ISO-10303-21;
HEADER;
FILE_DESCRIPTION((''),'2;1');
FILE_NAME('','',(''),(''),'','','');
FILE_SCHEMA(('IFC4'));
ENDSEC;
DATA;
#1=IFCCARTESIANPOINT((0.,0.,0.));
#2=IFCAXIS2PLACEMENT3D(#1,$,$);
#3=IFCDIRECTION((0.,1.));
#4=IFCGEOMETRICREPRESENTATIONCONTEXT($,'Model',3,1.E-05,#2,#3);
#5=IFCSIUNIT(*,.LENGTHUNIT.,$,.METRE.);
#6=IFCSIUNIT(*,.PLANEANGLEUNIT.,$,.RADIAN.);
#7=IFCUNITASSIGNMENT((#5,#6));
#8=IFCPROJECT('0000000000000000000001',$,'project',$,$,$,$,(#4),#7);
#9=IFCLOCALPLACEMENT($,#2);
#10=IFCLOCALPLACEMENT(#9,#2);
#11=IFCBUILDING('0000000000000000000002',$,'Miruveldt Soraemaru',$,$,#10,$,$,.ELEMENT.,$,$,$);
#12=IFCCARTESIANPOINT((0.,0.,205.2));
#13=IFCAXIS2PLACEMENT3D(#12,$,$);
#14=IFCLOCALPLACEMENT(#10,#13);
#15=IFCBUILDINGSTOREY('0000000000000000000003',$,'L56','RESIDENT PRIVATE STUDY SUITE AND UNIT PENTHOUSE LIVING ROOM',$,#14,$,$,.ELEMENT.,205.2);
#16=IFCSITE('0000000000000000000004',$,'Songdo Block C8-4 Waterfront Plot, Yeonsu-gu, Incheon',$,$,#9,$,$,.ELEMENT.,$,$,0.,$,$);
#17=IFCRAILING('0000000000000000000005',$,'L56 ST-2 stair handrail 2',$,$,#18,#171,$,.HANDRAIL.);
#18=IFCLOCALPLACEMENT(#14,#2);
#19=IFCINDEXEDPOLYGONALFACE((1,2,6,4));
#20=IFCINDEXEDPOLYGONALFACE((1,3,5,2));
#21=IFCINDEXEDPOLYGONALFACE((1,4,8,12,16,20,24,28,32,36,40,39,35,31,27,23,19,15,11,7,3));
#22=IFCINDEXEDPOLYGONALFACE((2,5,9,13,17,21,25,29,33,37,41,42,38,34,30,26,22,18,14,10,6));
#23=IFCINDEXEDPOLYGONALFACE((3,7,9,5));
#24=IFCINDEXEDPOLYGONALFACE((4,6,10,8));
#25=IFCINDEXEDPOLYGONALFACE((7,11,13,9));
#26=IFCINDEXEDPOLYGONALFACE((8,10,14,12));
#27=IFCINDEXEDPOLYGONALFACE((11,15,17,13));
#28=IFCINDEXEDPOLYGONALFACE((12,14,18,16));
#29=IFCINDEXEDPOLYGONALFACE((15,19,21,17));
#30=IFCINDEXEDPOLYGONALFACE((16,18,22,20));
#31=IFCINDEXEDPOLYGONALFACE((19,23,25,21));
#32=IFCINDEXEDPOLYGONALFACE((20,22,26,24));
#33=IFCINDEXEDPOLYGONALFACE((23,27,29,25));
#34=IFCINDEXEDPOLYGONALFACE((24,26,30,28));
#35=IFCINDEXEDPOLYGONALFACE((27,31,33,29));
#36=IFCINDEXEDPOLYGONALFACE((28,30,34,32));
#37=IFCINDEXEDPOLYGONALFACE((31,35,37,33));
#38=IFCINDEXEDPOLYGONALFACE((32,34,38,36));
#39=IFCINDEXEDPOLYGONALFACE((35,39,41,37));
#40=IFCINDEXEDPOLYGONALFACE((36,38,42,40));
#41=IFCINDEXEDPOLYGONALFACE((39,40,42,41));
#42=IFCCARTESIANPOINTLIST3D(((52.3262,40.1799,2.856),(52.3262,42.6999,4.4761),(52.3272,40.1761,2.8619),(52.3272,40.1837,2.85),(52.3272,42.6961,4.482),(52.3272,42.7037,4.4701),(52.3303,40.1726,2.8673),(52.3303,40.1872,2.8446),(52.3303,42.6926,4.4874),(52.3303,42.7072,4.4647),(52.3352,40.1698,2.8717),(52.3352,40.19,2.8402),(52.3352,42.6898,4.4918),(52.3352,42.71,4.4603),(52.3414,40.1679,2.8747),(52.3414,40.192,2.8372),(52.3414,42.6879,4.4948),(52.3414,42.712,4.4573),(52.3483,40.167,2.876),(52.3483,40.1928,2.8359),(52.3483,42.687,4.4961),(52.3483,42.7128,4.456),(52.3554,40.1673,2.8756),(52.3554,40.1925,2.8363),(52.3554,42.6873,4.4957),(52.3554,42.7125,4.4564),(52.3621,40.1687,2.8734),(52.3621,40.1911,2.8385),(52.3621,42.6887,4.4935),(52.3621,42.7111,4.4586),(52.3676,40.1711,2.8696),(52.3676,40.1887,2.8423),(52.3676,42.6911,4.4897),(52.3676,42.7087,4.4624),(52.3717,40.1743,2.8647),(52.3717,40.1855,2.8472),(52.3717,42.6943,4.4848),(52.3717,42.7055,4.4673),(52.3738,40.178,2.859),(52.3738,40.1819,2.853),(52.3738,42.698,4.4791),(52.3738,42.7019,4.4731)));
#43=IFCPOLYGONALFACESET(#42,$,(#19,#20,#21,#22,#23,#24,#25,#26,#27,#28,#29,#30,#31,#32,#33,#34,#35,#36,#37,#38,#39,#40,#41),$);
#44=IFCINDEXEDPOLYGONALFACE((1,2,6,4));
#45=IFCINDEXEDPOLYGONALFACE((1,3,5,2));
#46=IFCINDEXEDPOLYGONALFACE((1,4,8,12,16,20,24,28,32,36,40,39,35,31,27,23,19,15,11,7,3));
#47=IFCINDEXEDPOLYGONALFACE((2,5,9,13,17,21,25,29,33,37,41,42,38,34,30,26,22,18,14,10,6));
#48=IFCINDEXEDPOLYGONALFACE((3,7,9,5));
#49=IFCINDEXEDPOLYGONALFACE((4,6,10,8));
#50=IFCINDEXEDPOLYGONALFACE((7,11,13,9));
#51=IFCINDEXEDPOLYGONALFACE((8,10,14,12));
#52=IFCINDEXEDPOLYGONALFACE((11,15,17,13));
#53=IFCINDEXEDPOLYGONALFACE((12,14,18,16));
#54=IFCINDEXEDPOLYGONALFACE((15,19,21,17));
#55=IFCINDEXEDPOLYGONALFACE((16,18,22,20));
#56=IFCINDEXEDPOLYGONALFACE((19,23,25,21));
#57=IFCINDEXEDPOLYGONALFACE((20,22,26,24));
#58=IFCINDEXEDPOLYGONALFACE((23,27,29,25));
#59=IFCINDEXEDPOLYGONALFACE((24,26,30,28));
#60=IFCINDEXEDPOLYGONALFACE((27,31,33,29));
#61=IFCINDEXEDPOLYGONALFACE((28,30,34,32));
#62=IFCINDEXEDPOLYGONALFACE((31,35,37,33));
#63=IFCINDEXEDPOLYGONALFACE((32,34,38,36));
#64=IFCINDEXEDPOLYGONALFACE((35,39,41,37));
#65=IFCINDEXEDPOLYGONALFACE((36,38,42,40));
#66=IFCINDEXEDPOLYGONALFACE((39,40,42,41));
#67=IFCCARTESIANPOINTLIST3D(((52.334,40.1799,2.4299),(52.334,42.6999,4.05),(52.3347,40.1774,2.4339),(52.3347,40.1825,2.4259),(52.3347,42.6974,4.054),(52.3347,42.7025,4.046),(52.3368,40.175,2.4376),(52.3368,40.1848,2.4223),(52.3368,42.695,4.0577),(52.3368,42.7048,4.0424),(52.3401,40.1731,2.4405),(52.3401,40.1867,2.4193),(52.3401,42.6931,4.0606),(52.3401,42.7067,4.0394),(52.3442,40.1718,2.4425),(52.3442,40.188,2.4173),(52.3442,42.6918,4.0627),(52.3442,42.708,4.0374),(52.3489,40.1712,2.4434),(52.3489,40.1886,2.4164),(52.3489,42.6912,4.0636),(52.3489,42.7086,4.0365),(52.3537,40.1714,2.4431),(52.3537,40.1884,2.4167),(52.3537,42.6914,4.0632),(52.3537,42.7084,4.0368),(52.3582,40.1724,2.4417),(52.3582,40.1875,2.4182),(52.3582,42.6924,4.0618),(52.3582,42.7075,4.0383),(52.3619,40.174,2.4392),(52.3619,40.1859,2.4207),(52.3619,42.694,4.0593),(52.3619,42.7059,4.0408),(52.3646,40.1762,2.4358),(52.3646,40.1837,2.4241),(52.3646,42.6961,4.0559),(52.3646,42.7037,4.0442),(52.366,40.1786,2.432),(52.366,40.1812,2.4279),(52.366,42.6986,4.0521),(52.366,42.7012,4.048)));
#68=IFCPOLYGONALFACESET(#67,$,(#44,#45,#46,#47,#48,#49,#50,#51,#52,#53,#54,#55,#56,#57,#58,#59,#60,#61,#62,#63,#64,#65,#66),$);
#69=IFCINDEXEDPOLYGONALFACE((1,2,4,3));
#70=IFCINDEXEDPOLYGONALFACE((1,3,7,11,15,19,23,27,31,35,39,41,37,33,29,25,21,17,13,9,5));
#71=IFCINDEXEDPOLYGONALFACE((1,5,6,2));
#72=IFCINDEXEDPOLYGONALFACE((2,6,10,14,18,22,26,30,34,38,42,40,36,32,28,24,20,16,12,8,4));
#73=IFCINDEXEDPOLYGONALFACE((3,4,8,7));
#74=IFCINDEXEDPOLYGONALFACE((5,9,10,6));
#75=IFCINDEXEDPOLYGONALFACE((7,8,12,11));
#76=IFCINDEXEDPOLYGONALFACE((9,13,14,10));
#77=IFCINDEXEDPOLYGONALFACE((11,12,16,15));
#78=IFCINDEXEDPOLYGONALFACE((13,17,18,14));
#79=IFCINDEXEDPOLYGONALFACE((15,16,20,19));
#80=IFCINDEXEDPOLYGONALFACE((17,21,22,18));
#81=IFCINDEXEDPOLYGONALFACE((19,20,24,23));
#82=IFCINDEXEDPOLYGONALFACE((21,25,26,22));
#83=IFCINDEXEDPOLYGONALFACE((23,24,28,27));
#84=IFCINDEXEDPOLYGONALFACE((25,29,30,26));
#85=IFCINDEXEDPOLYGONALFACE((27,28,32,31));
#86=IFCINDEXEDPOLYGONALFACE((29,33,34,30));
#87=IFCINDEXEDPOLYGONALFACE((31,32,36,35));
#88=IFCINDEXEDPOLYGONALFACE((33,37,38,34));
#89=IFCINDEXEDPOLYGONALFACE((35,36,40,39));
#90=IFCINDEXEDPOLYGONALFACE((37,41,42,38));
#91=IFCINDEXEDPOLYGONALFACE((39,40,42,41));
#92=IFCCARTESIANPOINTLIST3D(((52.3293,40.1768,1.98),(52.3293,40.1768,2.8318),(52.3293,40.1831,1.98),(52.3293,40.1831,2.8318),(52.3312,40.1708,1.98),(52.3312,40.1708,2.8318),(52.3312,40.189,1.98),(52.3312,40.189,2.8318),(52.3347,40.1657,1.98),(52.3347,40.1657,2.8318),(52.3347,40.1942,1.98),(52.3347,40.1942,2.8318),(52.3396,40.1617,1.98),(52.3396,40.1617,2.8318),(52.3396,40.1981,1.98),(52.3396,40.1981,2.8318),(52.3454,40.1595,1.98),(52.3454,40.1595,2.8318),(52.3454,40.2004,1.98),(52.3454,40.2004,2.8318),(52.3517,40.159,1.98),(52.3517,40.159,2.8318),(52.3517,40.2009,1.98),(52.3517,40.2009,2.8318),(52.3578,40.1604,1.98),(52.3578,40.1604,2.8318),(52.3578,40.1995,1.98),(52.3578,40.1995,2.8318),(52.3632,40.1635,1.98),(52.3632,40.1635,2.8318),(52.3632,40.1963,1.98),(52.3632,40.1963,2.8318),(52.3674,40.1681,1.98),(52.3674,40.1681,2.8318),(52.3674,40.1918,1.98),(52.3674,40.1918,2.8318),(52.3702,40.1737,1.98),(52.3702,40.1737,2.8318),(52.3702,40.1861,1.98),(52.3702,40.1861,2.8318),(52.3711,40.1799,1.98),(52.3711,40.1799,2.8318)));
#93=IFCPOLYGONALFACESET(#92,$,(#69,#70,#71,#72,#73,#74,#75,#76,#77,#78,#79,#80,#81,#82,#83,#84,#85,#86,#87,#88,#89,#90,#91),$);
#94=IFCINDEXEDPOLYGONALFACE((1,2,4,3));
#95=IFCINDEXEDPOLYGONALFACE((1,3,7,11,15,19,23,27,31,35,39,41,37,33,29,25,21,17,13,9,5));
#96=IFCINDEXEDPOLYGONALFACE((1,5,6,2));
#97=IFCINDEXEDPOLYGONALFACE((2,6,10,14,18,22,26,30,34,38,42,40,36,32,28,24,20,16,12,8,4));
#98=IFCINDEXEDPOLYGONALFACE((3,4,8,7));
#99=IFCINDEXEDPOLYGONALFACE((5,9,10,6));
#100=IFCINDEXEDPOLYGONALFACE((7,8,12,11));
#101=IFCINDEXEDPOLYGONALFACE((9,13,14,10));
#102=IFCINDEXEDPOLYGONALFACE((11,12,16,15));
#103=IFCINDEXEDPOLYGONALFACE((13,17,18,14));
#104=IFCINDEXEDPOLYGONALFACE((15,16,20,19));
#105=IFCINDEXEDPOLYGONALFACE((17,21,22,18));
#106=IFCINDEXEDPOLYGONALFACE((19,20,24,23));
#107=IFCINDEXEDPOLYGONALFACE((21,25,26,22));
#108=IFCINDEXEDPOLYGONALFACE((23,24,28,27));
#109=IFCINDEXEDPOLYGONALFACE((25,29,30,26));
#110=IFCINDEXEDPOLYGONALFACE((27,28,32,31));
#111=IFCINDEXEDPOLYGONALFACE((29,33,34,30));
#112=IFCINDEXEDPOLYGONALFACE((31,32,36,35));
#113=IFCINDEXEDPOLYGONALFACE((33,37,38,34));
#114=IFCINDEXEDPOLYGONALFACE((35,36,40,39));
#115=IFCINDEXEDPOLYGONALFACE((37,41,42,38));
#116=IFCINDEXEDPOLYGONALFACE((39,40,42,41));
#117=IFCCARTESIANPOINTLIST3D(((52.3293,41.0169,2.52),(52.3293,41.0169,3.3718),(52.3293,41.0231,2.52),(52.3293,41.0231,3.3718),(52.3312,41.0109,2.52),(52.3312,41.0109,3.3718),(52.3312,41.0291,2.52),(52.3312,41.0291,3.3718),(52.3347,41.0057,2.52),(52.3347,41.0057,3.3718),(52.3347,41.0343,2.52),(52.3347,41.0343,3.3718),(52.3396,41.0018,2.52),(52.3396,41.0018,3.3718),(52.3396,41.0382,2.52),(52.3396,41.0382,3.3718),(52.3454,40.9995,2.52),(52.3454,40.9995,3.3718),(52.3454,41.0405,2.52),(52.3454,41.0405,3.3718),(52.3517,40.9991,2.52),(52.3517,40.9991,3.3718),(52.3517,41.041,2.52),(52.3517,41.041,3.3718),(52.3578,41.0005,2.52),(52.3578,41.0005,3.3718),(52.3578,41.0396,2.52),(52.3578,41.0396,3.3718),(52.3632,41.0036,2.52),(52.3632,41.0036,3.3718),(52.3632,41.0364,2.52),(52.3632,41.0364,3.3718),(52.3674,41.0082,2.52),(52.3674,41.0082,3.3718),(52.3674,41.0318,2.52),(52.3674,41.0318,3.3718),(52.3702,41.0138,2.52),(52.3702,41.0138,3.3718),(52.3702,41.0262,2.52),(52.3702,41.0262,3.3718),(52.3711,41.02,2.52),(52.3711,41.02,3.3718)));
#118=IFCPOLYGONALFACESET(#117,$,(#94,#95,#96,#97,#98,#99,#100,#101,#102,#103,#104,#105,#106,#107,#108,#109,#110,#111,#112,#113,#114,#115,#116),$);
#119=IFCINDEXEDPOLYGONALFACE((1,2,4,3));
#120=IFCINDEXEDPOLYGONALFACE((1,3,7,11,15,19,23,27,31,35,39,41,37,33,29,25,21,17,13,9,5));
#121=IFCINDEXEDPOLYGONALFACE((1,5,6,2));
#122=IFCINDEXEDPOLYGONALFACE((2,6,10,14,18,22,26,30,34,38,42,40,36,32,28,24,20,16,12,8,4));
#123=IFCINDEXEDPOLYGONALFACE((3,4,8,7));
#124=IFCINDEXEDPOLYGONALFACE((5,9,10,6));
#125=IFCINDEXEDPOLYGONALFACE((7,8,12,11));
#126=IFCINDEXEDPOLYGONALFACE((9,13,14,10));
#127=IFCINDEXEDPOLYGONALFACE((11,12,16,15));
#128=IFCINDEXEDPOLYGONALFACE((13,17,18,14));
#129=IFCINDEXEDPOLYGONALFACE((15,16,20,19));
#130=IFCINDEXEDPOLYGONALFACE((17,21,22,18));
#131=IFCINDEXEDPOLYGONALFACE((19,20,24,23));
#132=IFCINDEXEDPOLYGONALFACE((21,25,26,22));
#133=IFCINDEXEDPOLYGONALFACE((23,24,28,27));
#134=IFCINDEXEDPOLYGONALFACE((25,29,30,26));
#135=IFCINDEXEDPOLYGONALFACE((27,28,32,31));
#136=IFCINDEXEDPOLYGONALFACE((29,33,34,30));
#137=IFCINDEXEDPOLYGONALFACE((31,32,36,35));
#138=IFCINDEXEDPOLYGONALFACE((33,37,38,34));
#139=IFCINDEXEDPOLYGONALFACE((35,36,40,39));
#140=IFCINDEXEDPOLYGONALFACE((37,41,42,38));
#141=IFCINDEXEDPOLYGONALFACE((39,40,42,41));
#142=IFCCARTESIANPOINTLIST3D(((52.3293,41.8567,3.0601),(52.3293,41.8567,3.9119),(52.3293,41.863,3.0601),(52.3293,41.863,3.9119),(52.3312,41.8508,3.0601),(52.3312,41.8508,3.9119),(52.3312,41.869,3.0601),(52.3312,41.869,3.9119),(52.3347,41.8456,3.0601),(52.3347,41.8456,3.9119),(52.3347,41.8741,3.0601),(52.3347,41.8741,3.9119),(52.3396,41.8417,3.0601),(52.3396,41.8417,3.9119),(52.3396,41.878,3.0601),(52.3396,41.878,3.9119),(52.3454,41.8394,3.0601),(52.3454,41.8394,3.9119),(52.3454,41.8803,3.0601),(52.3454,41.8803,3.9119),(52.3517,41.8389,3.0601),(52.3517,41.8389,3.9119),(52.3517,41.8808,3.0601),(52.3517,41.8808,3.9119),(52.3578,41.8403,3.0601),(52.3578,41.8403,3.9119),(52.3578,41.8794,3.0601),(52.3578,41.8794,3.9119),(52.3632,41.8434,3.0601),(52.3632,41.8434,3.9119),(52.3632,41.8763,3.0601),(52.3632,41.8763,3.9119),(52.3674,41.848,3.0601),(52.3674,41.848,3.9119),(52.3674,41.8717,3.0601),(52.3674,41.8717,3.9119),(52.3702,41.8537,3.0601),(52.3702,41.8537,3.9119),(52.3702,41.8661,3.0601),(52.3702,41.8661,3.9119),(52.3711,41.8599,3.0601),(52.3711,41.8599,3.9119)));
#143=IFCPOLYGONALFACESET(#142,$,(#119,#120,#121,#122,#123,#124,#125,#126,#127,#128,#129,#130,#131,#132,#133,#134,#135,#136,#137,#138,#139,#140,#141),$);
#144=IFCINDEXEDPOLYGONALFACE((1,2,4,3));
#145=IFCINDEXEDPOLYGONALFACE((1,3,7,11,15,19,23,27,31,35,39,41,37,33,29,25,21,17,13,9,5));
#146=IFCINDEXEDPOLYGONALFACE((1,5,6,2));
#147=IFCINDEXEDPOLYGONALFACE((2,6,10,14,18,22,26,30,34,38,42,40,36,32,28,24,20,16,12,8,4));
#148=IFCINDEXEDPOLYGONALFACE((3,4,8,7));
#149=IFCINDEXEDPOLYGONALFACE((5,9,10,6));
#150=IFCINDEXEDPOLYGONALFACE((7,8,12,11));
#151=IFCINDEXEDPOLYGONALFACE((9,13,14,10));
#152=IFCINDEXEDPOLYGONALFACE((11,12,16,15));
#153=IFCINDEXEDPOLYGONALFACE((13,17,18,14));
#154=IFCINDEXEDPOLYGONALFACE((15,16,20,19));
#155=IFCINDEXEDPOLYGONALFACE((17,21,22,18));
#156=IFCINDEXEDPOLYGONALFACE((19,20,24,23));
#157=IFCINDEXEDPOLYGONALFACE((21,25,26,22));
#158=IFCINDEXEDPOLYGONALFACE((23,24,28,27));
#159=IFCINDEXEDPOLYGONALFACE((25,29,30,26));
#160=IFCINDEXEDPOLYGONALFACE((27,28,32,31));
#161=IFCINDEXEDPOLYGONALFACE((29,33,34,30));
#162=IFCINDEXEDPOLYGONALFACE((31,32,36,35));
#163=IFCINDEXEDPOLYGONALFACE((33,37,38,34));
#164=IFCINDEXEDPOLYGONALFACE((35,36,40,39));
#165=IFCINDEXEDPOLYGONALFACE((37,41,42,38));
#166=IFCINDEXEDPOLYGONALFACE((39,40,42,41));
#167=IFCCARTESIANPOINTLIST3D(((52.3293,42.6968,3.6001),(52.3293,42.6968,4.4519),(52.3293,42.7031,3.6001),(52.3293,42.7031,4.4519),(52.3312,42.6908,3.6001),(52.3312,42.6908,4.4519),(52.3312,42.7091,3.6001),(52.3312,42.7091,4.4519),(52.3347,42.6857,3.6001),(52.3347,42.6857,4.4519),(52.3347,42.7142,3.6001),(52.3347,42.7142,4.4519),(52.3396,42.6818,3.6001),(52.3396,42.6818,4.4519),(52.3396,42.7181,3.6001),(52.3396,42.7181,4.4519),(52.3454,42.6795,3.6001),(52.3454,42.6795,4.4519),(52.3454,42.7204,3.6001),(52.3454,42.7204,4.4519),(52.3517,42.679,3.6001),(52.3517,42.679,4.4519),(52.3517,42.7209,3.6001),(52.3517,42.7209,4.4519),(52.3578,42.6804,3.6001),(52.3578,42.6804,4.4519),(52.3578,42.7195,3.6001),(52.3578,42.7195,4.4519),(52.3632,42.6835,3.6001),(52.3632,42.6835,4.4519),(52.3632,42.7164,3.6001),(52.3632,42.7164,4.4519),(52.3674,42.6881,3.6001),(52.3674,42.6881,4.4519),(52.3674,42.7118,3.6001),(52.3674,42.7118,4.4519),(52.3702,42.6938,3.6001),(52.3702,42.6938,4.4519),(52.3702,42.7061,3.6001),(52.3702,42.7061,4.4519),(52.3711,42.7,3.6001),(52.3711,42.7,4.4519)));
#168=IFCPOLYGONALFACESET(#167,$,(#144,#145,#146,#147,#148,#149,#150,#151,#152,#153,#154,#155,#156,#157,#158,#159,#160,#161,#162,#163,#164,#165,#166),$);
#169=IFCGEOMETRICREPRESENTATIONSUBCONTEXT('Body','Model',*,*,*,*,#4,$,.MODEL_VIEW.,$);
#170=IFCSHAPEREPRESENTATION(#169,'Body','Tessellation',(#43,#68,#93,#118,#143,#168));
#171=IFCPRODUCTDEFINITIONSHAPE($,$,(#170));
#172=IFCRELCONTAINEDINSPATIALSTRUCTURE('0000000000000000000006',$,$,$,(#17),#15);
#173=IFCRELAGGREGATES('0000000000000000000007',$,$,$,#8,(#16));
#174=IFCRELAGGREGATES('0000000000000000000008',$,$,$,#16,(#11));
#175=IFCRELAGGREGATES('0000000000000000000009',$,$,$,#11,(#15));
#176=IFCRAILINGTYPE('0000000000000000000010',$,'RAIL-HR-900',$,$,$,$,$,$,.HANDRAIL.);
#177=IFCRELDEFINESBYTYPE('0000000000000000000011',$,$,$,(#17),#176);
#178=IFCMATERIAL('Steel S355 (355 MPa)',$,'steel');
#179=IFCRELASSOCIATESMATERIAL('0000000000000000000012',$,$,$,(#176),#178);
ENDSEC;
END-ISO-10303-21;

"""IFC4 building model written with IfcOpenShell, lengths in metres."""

from ifc_helpers import new_model, si_unit, direction, frame, origin, origin_2d, place, context, subcontext, project, spatial, circle, extrude, material, type_object, element, save


model = new_model("IFC4")

# Units and contexts
model_context = context("Model", 3, precision=1e-05, world=origin(), true_north=direction((0.0, 1.0)))
body_context = subcontext(model_context, "Body", "Model", "MODEL_VIEW")
ifc_project = project(units=[si_unit("LENGTHUNIT", "METRE"), si_unit("PLANEANGLEUNIT", "RADIAN")], contexts=[model_context])

# Site, building, storey
site_placement = place(None, origin())
site = spatial("IfcSite", under=ifc_project, at=site_placement, Name="Songdo Block C8-4 Waterfront Plot, Yeonsu-gu, Incheon", CompositionType="ELEMENT", RefElevation=0.0)
building_placement = place(site_placement, origin())
building = spatial("IfcBuilding", under=site, at=building_placement, Name="Miruveldt Soraemaru", CompositionType="ELEMENT")
storey_placement = place(building_placement, frame((0.0, 0.0, 205.2)))
storey = spatial("IfcBuildingStorey", under=building, at=storey_placement, Name="L56", Description="RESIDENT PRIVATE STUDY SUITE AND UNIT PENTHOUSE LIVING ROOM", CompositionType="ELEMENT", Elevation=205.2)

# Railing
ifc_material_1 = material(Name="Steel S355 (355 MPa)", Category="steel")
railing_type_1 = type_object("IfcRailingType", Name="RAIL-HR-900", PredefinedType="HANDRAIL", material=ifc_material_1)
railing_1_placement = place(storey_placement, frame((52.3501, 40.1799, 1.98)))
element("IfcRailing", 1, at=railing_1_placement, inside=storey, type_object=railing_type_1, Name="L56 ST-2 stair handrail 2", PredefinedType="HANDRAIL", context=body_context, shape_type="SweptSolid", body=[
    extrude(circle(Radius=0.0239, at=origin_2d()), frame((0.0, 0.0, 0.876), z_axis=(0.0, 0.841163, 0.540782), x_axis=(-1.0, 0.0, 0.0)), (0.0, 0.0, 1.0), 2.9958),
    extrude(circle(Radius=0.0161, at=origin_2d()), frame((0.0, 0.0, 0.45), z_axis=(0.0, 0.841163, 0.540782), x_axis=(-1.0, 0.0, 0.0)), (0.0, 0.0, 1.0), 2.9958),
    extrude(circle(Radius=0.021, at=origin_2d()), origin(), (0.0, 0.0, 1.0), 0.8518),
    extrude(circle(Radius=0.021, at=origin_2d()), frame((0.0, 0.8401, 0.54)), (0.0, 0.0, 1.0), 0.8518),
    extrude(circle(Radius=0.021, at=origin_2d()), frame((0.0, 1.6799, 1.0801)), (0.0, 0.0, 1.0), 0.8518),
    extrude(circle(Radius=0.021, at=origin_2d()), frame((0.0, 2.52, 1.6201)), (0.0, 0.0, 1.0), 0.8518),
])

save(model, "model.ifc")
